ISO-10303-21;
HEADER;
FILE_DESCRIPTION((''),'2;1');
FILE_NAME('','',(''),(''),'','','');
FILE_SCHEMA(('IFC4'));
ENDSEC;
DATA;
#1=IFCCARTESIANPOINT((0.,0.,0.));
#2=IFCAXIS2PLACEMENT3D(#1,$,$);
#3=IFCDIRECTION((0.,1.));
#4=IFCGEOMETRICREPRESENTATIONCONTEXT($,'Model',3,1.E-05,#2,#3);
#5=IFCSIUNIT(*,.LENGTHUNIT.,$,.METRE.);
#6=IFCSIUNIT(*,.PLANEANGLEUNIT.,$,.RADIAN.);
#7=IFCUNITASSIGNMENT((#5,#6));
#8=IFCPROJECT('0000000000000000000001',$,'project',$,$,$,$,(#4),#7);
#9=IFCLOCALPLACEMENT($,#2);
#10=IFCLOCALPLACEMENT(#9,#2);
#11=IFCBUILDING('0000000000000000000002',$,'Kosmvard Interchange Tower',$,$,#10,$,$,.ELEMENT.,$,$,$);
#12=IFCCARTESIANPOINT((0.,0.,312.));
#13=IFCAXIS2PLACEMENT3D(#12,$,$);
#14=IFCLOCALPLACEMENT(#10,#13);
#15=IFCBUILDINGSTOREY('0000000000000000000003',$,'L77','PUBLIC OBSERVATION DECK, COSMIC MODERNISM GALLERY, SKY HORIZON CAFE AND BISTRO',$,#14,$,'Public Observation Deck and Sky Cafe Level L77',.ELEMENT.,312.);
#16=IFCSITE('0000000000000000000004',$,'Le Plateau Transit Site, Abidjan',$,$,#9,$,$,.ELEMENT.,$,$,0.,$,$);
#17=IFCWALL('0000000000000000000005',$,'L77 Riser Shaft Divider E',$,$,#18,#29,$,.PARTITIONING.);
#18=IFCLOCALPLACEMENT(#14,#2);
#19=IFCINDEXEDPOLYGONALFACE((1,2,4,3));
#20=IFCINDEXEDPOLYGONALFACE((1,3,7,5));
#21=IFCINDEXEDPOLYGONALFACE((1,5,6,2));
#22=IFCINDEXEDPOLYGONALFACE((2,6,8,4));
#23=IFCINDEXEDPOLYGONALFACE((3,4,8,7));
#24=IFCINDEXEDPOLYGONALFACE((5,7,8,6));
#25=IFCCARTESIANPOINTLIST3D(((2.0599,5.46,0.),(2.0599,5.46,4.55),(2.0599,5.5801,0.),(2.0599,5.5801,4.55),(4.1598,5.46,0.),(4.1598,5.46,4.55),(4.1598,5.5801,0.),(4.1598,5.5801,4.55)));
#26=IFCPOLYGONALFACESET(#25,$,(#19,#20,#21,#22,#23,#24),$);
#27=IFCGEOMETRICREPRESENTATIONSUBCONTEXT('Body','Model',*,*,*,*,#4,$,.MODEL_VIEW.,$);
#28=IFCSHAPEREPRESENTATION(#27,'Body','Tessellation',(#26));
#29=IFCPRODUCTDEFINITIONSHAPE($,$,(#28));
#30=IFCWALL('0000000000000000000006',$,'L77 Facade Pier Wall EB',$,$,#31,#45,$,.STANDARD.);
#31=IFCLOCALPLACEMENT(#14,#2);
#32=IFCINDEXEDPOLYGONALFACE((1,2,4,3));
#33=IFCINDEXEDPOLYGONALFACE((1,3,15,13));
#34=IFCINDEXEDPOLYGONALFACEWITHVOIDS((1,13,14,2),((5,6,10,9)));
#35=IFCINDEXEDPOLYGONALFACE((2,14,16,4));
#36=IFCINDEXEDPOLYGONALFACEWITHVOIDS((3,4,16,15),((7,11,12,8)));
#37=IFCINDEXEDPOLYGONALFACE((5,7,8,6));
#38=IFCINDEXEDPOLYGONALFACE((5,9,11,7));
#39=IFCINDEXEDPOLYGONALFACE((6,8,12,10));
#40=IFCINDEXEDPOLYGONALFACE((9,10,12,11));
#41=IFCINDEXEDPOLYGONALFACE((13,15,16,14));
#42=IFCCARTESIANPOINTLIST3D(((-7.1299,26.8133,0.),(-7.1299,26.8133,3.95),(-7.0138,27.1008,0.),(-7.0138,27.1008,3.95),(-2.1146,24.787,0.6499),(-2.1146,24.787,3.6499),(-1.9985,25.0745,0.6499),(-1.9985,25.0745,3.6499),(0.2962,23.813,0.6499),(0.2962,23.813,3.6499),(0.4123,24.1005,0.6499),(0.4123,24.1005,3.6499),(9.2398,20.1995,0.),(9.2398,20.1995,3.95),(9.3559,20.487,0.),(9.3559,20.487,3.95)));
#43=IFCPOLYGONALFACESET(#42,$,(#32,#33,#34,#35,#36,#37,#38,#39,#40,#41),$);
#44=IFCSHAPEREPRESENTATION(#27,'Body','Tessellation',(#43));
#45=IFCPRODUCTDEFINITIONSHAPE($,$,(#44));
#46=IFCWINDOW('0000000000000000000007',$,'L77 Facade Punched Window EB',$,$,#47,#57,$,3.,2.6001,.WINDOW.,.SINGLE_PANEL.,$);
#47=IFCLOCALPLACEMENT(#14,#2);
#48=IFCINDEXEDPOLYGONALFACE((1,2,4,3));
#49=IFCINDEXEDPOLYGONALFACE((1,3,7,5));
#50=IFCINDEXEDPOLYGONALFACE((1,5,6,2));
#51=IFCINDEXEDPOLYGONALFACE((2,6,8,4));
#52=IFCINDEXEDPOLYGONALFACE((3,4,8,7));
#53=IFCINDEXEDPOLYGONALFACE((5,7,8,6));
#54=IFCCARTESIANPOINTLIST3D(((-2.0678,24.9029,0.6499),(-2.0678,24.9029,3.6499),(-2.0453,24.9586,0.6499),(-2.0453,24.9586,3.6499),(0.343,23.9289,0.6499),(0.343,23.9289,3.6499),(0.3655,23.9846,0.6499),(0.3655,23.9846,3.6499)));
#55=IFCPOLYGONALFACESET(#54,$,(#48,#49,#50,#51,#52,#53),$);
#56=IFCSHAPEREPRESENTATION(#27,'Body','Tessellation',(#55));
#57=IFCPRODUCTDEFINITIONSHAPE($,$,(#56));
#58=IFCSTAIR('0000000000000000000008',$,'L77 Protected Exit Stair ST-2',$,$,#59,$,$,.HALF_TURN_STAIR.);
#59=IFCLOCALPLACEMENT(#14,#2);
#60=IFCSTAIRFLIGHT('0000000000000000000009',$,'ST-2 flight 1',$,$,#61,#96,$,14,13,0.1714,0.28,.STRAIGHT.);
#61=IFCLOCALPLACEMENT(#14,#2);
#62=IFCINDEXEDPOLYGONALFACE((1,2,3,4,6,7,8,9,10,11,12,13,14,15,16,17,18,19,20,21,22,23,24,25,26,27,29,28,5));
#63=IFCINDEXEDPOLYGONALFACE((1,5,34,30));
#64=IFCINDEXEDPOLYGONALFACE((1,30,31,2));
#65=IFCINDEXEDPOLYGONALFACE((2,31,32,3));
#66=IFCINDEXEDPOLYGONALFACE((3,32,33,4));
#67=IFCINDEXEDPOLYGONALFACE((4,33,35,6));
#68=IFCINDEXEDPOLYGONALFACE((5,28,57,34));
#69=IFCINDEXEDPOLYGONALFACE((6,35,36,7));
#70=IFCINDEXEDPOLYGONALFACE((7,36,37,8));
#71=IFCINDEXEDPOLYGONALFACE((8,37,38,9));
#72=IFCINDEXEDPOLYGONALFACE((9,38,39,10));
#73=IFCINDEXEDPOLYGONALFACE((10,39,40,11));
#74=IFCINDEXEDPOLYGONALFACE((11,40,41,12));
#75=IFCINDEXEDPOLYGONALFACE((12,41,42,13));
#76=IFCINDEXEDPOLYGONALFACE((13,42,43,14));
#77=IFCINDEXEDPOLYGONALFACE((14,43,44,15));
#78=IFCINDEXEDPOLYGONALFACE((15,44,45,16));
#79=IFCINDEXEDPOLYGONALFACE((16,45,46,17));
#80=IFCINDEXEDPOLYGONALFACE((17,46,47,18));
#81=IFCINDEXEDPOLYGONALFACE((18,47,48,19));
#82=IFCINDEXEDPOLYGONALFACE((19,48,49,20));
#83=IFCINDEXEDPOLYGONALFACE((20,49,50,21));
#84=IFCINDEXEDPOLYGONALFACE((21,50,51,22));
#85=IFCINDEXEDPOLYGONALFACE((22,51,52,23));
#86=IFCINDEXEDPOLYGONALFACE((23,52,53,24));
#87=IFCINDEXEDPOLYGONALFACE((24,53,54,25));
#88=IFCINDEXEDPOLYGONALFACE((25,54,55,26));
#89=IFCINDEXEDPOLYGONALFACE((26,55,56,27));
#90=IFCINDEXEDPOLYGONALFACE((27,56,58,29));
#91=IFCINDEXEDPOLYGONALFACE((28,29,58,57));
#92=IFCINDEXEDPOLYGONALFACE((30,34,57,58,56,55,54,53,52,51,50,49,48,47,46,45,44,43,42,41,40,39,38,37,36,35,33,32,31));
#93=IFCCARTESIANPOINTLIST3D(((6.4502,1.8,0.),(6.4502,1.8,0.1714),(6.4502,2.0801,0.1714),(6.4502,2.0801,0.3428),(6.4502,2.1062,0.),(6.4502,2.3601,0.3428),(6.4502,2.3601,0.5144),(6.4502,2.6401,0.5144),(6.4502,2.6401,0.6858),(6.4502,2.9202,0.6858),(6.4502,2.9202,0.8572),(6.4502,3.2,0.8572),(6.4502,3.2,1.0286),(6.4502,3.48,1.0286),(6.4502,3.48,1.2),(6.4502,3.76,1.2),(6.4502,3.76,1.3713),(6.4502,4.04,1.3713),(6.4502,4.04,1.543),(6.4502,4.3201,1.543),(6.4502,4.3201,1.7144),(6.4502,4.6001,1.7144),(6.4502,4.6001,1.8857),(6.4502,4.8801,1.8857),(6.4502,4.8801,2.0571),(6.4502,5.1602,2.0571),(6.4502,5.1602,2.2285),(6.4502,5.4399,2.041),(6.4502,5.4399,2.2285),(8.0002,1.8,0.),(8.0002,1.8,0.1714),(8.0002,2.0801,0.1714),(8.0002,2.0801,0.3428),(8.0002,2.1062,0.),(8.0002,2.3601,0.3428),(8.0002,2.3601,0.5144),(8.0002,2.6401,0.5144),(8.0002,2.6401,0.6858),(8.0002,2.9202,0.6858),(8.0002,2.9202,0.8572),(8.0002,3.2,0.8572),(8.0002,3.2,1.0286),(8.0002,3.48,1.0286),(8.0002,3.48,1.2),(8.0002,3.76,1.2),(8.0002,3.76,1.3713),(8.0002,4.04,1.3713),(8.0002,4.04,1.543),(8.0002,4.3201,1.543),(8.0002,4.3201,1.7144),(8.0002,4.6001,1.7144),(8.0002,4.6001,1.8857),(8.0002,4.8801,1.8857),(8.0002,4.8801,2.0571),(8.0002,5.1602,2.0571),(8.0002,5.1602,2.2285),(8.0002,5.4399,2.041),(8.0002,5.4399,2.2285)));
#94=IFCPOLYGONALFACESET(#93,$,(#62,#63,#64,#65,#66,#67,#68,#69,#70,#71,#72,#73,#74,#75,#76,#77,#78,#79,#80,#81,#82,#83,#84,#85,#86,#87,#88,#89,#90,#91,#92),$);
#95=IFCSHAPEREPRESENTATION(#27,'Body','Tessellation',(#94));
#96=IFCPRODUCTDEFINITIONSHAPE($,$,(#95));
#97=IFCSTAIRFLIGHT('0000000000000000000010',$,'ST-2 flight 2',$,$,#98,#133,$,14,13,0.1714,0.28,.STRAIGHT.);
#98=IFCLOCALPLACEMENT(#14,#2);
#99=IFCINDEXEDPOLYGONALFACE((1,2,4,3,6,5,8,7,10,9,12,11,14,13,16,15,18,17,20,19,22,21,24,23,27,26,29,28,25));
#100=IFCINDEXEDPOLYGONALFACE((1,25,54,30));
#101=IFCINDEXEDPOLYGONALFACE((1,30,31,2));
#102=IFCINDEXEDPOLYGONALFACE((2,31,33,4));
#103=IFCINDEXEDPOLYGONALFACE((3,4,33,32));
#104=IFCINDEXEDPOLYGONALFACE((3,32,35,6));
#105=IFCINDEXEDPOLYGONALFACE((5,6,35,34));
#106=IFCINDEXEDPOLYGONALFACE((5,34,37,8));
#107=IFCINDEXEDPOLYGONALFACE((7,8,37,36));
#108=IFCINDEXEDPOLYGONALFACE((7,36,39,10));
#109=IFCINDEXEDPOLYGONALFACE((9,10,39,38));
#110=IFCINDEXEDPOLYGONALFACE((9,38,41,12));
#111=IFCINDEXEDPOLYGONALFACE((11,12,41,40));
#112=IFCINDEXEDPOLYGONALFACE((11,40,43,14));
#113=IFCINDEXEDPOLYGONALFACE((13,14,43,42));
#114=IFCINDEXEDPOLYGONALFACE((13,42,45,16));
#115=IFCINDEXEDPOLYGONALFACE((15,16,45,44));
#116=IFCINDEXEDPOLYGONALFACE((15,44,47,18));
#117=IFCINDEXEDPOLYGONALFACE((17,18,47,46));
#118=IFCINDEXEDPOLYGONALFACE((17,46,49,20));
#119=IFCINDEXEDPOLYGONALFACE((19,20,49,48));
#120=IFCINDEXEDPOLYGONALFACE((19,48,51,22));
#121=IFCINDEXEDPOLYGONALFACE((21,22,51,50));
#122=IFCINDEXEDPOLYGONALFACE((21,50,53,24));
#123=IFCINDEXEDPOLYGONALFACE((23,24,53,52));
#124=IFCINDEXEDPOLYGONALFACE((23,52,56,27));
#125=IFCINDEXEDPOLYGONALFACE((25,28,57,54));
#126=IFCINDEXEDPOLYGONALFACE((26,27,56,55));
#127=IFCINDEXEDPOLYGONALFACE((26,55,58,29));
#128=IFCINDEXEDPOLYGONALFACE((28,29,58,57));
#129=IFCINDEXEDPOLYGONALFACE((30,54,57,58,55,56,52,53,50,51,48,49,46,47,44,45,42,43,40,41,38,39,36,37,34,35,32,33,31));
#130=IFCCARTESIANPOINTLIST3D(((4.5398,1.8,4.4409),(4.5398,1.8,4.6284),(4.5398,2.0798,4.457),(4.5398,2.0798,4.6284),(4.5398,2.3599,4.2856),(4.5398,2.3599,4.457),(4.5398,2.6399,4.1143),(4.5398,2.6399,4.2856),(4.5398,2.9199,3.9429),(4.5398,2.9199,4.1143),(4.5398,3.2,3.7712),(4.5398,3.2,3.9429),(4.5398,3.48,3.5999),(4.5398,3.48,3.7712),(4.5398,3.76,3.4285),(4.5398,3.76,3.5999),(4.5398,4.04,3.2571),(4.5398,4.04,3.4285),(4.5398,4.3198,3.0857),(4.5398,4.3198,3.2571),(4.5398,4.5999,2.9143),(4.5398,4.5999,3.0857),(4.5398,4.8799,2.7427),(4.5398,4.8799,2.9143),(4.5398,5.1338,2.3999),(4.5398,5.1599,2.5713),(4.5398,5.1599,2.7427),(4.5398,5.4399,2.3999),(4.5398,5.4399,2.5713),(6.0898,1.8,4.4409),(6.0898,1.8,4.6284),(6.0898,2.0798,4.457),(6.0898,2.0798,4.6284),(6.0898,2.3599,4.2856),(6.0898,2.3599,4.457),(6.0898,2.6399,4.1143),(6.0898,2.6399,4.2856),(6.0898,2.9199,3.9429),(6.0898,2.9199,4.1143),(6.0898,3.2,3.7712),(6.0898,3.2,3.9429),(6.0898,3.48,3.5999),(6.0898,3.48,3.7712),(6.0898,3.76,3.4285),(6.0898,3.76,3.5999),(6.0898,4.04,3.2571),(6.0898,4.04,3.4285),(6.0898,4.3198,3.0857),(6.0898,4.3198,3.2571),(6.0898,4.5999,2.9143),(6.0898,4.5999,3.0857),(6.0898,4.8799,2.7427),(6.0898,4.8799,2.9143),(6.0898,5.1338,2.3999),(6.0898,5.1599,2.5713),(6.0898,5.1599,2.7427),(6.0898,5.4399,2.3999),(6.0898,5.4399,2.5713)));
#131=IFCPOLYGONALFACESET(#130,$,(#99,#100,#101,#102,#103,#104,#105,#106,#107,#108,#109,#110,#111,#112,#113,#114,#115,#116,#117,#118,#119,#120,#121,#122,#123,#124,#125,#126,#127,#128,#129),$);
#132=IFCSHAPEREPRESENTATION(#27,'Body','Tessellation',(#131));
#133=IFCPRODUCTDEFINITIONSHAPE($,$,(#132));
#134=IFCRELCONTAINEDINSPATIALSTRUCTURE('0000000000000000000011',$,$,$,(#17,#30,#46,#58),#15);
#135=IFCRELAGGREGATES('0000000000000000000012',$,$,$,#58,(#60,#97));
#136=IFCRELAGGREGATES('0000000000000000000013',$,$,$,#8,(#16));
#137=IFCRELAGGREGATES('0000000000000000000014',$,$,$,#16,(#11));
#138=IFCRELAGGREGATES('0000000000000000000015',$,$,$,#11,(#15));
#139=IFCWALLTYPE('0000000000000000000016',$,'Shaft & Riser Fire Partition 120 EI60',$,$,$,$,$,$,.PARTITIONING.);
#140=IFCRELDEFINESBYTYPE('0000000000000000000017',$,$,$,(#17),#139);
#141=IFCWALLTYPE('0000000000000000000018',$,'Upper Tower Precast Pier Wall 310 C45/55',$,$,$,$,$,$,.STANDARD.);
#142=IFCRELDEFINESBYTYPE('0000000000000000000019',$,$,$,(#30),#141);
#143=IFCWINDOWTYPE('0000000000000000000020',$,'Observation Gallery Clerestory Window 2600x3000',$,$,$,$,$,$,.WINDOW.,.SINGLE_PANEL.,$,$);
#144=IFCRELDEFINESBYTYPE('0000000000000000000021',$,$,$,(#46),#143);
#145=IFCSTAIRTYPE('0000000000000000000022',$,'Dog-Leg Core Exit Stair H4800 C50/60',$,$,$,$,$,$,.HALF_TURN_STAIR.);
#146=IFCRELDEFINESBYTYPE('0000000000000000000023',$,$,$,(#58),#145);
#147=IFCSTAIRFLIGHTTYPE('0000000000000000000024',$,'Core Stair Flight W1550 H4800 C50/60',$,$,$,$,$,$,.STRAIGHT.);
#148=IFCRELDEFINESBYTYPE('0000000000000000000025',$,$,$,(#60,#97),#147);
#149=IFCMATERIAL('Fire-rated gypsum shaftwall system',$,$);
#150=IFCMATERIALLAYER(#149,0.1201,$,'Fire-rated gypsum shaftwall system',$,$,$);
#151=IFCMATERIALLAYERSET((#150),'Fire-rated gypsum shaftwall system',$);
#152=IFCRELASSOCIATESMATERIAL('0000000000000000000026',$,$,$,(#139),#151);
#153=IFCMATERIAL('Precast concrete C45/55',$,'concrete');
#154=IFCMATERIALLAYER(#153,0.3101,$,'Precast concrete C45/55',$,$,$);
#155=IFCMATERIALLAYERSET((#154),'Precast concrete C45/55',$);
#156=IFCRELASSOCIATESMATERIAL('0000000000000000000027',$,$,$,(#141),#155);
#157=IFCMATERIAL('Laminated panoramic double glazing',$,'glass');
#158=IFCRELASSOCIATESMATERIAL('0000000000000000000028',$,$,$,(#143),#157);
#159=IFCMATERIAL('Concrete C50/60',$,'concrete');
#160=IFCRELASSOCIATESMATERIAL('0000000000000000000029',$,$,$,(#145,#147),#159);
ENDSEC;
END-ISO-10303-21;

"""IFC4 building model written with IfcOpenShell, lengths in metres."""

from ifc_helpers import new_model, si_unit, direction, frame, frame_2d, origin, place, context, subcontext, project, spatial, polyline, rectangle, outline, extrude, source, transform, mapped, material, layer, layer_set, type_object, element, fill, aggregate, save


model = new_model("IFC4")

# Units and contexts
model_context = context("Model", 3, precision=1e-05, world=origin(), true_north=direction((0.0, 1.0)))
body_context = subcontext(model_context, "Body", "Model", "MODEL_VIEW")
ifc_project = project(units=[si_unit("LENGTHUNIT", "METRE"), si_unit("PLANEANGLEUNIT", "RADIAN")], contexts=[model_context])

# Site, building, storey
site_placement = place(None, origin())
site = spatial("IfcSite", under=ifc_project, at=site_placement, Name="Le Plateau Transit Site, Abidjan", CompositionType="ELEMENT", RefElevation=0.0)
building_placement = place(site_placement, origin())
building = spatial("IfcBuilding", under=site, at=building_placement, Name="Kosmvard Interchange Tower", CompositionType="ELEMENT")
storey_placement = place(building_placement, frame((0.0, 0.0, 312.0)))
storey = spatial("IfcBuildingStorey", under=building, at=storey_placement, Name="L77", Description="PUBLIC OBSERVATION DECK, COSMIC MODERNISM GALLERY, SKY HORIZON CAFE AND BISTRO", LongName="Public Observation Deck and Sky Cafe Level L77", CompositionType="ELEMENT", Elevation=312.0)

# Shared definitions
ifc_material_1 = material(Name="Concrete C50/60", Category="concrete")

# Shared definitions
ifc_material_2 = material(Name="Laminated panoramic double glazing", Category="glass")

# Wall
ifc_material_3 = material(Name="Fire-rated gypsum shaftwall system")
ifc_layer_1 = layer(ifc_material_3, 0.1201, Name="Fire-rated gypsum shaftwall system")
ifc_layer_set_1 = layer_set([ifc_layer_1], Name="Fire-rated gypsum shaftwall system")
wall_type_1 = type_object("IfcWallType", Name="Shaft & Riser Fire Partition 120 EI60", PredefinedType="PARTITIONING", material=ifc_layer_set_1)
wall_1_placement = place(storey_placement, frame((2.0601, 5.52, 0.0), z_axis=(0.0, 0.0, 1.0), x_axis=(1.0, 0.0, 0.0)))
element("IfcWall", 1, at=wall_1_placement, inside=storey, type_object=wall_type_1, Name="L77 Riser Shaft Divider E", PredefinedType="PARTITIONING", context=body_context, shape_type="SweptSolid", body=[
    extrude(rectangle(XDim=2.0999, YDim=0.1201, at=frame_2d((1.0498, 0.0))), origin(), (0.0, 0.0, 1.0), 4.55),
])

# Wall, opening, window
ifc_material_4 = material(Name="Precast concrete C45/55", Category="concrete")
ifc_layer_2 = layer(ifc_material_4, 0.3101, Name="Precast concrete C45/55")
ifc_layer_set_2 = layer_set([ifc_layer_2], Name="Precast concrete C45/55")
wall_type_2 = type_object("IfcWallType", Name="Upper Tower Precast Pier Wall 310 C45/55", PredefinedType="STANDARD", material=ifc_layer_set_2)
wall_2_placement = place(storey_placement, frame((9.2979, 20.3433, 0.0), z_axis=(0.0, 0.0, 1.0), x_axis=(-0.927184, 0.374607, 0.0)))
wall_2 = element("IfcWall", 2, at=wall_2_placement, inside=storey, type_object=wall_type_2, Name="L77 Facade Pier Wall EB", PredefinedType="STANDARD", context=body_context, shape_type="SweptSolid", body=[
    extrude(rectangle(XDim=17.6553, YDim=0.3101, at=frame_2d((8.8276, 0.0))), origin(), (0.0, 0.0, 1.0), 3.95),
])
opening_1_placement = place(wall_2_placement, frame((9.646, 0.0, 0.6499)))
opening_1 = element("IfcOpeningElement", 3, at=opening_1_placement, cuts=wall_2, PredefinedType="OPENING", context=body_context, shape_type="SweptSolid", body=[
    extrude(rectangle(XDim=2.6001, YDim=3.0, at=frame_2d((1.3, 1.5))), frame((0.0, 0.165, 0.0), z_axis=(0.0, -1.0, 0.0), x_axis=(1.0, 0.0, 0.0)), (0.0, 0.0, 1.0), 0.3301),
])
window_type = type_object("IfcWindowType", Name="Observation Gallery Clerestory Window 2600x3000", PartitioningType="SINGLE_PANEL", PredefinedType="WINDOW", material=ifc_material_2)
shared_shape_1 = source(origin(), body_context, "Body", "SweptSolid", [
    extrude(rectangle(XDim=2.6001, YDim=3.0, at=frame_2d((1.3, 1.5))), frame((0.0, 0.03, 0.0), z_axis=(0.0, -1.0, 0.0), x_axis=(1.0, 0.0, 0.0)), (0.0, 0.0, 1.0), 0.0601),
])
window_placement = place(opening_1_placement, origin())
window = element("IfcWindow", 4, at=window_placement, inside=storey, type_object=window_type, Name="L77 Facade Punched Window EB", OverallHeight=3.0, OverallWidth=2.6001, PartitioningType="SINGLE_PANEL", PredefinedType="WINDOW", context=body_context, shape_type="MappedRepresentation", body=[
    mapped(shared_shape_1, transform((0.0, 0.0, 0.0), scale=1.0)),
])
fill(opening_1, window)

# Stair, stair flights
stair_type = type_object("IfcStairType", Name="Dog-Leg Core Exit Stair H4800 C50/60", PredefinedType="HALF_TURN_STAIR", material=ifc_material_1)
stair_placement = place(storey_placement, origin())
stair = element("IfcStair", 5, at=stair_placement, inside=storey, type_object=stair_type, Name="L77 Protected Exit Stair ST-2", PredefinedType="HALF_TURN_STAIR")
stair_flight_type = type_object("IfcStairFlightType", Name="Core Stair Flight W1550 H4800 C50/60", PredefinedType="STRAIGHT", material=ifc_material_1)
shared_shape_2 = source(origin(), body_context, "Body", "SweptSolid", [
    extrude(outline(polyline([(0.0, 0.0), (0.0, 0.1714), (0.28, 0.1714), (0.28, 0.3428), (0.5601, 0.3428), (0.5601, 0.5144), (0.8401, 0.5144), (0.8401, 0.6858), (1.1201, 0.6858), (1.1201, 0.8572), (1.3999, 0.8572), (1.3999, 1.0286), (1.6799, 1.0286), (1.6799, 1.2), (1.96, 1.2), (1.96, 1.3713), (2.24, 1.3713), (2.24, 1.543), (2.52, 1.543), (2.52, 1.7144), (2.8, 1.7144), (2.8, 1.8857), (3.0801, 1.8857), (3.0801, 2.0571), (3.3601, 2.0571), (3.3601, 2.2285), (3.6399, 2.2285), (3.6399, 2.3999), (3.6399, 2.041), (0.3062, 0.0), (0.0, 0.0)])), frame((0.0, 0.7749, 0.0), z_axis=(0.0, -1.0, 0.0), x_axis=(1.0, 0.0, 0.0)), (0.0, 0.0, 1.0), 1.55),
])
stair_flight_1_placement = place(storey_placement, frame((7.2251, 1.8, 0.0), z_axis=(0.0, 0.0, 1.0), x_axis=(0.0, 1.0, 0.0)))
stair_flight_1 = element("IfcStairFlight", 6, at=stair_flight_1_placement, type_object=stair_flight_type, Name="ST-2 flight 1", NumberOfRisers=14, NumberOfTreads=13, PredefinedType="STRAIGHT", RiserHeight=0.1714, TreadLength=0.28, context=body_context, shape_type="MappedRepresentation", body=[
    mapped(shared_shape_2, transform((0.0, 0.0, 0.0), scale=1.0)),
])
stair_flight_2_placement = place(storey_placement, frame((5.3149, 5.4399, 2.3999), z_axis=(0.0, 0.0, 1.0), x_axis=(0.0, -1.0, 0.0)))
stair_flight_2 = element("IfcStairFlight", 7, at=stair_flight_2_placement, type_object=stair_flight_type, Name="ST-2 flight 2", NumberOfRisers=14, NumberOfTreads=13, PredefinedType="STRAIGHT", RiserHeight=0.1714, TreadLength=0.28, context=body_context, shape_type="MappedRepresentation", body=[
    mapped(shared_shape_2, transform((0.0, 0.0, 0.0), scale=1.0)),
])
aggregate(stair, [stair_flight_1, stair_flight_2])

save(model, "model.ifc")
